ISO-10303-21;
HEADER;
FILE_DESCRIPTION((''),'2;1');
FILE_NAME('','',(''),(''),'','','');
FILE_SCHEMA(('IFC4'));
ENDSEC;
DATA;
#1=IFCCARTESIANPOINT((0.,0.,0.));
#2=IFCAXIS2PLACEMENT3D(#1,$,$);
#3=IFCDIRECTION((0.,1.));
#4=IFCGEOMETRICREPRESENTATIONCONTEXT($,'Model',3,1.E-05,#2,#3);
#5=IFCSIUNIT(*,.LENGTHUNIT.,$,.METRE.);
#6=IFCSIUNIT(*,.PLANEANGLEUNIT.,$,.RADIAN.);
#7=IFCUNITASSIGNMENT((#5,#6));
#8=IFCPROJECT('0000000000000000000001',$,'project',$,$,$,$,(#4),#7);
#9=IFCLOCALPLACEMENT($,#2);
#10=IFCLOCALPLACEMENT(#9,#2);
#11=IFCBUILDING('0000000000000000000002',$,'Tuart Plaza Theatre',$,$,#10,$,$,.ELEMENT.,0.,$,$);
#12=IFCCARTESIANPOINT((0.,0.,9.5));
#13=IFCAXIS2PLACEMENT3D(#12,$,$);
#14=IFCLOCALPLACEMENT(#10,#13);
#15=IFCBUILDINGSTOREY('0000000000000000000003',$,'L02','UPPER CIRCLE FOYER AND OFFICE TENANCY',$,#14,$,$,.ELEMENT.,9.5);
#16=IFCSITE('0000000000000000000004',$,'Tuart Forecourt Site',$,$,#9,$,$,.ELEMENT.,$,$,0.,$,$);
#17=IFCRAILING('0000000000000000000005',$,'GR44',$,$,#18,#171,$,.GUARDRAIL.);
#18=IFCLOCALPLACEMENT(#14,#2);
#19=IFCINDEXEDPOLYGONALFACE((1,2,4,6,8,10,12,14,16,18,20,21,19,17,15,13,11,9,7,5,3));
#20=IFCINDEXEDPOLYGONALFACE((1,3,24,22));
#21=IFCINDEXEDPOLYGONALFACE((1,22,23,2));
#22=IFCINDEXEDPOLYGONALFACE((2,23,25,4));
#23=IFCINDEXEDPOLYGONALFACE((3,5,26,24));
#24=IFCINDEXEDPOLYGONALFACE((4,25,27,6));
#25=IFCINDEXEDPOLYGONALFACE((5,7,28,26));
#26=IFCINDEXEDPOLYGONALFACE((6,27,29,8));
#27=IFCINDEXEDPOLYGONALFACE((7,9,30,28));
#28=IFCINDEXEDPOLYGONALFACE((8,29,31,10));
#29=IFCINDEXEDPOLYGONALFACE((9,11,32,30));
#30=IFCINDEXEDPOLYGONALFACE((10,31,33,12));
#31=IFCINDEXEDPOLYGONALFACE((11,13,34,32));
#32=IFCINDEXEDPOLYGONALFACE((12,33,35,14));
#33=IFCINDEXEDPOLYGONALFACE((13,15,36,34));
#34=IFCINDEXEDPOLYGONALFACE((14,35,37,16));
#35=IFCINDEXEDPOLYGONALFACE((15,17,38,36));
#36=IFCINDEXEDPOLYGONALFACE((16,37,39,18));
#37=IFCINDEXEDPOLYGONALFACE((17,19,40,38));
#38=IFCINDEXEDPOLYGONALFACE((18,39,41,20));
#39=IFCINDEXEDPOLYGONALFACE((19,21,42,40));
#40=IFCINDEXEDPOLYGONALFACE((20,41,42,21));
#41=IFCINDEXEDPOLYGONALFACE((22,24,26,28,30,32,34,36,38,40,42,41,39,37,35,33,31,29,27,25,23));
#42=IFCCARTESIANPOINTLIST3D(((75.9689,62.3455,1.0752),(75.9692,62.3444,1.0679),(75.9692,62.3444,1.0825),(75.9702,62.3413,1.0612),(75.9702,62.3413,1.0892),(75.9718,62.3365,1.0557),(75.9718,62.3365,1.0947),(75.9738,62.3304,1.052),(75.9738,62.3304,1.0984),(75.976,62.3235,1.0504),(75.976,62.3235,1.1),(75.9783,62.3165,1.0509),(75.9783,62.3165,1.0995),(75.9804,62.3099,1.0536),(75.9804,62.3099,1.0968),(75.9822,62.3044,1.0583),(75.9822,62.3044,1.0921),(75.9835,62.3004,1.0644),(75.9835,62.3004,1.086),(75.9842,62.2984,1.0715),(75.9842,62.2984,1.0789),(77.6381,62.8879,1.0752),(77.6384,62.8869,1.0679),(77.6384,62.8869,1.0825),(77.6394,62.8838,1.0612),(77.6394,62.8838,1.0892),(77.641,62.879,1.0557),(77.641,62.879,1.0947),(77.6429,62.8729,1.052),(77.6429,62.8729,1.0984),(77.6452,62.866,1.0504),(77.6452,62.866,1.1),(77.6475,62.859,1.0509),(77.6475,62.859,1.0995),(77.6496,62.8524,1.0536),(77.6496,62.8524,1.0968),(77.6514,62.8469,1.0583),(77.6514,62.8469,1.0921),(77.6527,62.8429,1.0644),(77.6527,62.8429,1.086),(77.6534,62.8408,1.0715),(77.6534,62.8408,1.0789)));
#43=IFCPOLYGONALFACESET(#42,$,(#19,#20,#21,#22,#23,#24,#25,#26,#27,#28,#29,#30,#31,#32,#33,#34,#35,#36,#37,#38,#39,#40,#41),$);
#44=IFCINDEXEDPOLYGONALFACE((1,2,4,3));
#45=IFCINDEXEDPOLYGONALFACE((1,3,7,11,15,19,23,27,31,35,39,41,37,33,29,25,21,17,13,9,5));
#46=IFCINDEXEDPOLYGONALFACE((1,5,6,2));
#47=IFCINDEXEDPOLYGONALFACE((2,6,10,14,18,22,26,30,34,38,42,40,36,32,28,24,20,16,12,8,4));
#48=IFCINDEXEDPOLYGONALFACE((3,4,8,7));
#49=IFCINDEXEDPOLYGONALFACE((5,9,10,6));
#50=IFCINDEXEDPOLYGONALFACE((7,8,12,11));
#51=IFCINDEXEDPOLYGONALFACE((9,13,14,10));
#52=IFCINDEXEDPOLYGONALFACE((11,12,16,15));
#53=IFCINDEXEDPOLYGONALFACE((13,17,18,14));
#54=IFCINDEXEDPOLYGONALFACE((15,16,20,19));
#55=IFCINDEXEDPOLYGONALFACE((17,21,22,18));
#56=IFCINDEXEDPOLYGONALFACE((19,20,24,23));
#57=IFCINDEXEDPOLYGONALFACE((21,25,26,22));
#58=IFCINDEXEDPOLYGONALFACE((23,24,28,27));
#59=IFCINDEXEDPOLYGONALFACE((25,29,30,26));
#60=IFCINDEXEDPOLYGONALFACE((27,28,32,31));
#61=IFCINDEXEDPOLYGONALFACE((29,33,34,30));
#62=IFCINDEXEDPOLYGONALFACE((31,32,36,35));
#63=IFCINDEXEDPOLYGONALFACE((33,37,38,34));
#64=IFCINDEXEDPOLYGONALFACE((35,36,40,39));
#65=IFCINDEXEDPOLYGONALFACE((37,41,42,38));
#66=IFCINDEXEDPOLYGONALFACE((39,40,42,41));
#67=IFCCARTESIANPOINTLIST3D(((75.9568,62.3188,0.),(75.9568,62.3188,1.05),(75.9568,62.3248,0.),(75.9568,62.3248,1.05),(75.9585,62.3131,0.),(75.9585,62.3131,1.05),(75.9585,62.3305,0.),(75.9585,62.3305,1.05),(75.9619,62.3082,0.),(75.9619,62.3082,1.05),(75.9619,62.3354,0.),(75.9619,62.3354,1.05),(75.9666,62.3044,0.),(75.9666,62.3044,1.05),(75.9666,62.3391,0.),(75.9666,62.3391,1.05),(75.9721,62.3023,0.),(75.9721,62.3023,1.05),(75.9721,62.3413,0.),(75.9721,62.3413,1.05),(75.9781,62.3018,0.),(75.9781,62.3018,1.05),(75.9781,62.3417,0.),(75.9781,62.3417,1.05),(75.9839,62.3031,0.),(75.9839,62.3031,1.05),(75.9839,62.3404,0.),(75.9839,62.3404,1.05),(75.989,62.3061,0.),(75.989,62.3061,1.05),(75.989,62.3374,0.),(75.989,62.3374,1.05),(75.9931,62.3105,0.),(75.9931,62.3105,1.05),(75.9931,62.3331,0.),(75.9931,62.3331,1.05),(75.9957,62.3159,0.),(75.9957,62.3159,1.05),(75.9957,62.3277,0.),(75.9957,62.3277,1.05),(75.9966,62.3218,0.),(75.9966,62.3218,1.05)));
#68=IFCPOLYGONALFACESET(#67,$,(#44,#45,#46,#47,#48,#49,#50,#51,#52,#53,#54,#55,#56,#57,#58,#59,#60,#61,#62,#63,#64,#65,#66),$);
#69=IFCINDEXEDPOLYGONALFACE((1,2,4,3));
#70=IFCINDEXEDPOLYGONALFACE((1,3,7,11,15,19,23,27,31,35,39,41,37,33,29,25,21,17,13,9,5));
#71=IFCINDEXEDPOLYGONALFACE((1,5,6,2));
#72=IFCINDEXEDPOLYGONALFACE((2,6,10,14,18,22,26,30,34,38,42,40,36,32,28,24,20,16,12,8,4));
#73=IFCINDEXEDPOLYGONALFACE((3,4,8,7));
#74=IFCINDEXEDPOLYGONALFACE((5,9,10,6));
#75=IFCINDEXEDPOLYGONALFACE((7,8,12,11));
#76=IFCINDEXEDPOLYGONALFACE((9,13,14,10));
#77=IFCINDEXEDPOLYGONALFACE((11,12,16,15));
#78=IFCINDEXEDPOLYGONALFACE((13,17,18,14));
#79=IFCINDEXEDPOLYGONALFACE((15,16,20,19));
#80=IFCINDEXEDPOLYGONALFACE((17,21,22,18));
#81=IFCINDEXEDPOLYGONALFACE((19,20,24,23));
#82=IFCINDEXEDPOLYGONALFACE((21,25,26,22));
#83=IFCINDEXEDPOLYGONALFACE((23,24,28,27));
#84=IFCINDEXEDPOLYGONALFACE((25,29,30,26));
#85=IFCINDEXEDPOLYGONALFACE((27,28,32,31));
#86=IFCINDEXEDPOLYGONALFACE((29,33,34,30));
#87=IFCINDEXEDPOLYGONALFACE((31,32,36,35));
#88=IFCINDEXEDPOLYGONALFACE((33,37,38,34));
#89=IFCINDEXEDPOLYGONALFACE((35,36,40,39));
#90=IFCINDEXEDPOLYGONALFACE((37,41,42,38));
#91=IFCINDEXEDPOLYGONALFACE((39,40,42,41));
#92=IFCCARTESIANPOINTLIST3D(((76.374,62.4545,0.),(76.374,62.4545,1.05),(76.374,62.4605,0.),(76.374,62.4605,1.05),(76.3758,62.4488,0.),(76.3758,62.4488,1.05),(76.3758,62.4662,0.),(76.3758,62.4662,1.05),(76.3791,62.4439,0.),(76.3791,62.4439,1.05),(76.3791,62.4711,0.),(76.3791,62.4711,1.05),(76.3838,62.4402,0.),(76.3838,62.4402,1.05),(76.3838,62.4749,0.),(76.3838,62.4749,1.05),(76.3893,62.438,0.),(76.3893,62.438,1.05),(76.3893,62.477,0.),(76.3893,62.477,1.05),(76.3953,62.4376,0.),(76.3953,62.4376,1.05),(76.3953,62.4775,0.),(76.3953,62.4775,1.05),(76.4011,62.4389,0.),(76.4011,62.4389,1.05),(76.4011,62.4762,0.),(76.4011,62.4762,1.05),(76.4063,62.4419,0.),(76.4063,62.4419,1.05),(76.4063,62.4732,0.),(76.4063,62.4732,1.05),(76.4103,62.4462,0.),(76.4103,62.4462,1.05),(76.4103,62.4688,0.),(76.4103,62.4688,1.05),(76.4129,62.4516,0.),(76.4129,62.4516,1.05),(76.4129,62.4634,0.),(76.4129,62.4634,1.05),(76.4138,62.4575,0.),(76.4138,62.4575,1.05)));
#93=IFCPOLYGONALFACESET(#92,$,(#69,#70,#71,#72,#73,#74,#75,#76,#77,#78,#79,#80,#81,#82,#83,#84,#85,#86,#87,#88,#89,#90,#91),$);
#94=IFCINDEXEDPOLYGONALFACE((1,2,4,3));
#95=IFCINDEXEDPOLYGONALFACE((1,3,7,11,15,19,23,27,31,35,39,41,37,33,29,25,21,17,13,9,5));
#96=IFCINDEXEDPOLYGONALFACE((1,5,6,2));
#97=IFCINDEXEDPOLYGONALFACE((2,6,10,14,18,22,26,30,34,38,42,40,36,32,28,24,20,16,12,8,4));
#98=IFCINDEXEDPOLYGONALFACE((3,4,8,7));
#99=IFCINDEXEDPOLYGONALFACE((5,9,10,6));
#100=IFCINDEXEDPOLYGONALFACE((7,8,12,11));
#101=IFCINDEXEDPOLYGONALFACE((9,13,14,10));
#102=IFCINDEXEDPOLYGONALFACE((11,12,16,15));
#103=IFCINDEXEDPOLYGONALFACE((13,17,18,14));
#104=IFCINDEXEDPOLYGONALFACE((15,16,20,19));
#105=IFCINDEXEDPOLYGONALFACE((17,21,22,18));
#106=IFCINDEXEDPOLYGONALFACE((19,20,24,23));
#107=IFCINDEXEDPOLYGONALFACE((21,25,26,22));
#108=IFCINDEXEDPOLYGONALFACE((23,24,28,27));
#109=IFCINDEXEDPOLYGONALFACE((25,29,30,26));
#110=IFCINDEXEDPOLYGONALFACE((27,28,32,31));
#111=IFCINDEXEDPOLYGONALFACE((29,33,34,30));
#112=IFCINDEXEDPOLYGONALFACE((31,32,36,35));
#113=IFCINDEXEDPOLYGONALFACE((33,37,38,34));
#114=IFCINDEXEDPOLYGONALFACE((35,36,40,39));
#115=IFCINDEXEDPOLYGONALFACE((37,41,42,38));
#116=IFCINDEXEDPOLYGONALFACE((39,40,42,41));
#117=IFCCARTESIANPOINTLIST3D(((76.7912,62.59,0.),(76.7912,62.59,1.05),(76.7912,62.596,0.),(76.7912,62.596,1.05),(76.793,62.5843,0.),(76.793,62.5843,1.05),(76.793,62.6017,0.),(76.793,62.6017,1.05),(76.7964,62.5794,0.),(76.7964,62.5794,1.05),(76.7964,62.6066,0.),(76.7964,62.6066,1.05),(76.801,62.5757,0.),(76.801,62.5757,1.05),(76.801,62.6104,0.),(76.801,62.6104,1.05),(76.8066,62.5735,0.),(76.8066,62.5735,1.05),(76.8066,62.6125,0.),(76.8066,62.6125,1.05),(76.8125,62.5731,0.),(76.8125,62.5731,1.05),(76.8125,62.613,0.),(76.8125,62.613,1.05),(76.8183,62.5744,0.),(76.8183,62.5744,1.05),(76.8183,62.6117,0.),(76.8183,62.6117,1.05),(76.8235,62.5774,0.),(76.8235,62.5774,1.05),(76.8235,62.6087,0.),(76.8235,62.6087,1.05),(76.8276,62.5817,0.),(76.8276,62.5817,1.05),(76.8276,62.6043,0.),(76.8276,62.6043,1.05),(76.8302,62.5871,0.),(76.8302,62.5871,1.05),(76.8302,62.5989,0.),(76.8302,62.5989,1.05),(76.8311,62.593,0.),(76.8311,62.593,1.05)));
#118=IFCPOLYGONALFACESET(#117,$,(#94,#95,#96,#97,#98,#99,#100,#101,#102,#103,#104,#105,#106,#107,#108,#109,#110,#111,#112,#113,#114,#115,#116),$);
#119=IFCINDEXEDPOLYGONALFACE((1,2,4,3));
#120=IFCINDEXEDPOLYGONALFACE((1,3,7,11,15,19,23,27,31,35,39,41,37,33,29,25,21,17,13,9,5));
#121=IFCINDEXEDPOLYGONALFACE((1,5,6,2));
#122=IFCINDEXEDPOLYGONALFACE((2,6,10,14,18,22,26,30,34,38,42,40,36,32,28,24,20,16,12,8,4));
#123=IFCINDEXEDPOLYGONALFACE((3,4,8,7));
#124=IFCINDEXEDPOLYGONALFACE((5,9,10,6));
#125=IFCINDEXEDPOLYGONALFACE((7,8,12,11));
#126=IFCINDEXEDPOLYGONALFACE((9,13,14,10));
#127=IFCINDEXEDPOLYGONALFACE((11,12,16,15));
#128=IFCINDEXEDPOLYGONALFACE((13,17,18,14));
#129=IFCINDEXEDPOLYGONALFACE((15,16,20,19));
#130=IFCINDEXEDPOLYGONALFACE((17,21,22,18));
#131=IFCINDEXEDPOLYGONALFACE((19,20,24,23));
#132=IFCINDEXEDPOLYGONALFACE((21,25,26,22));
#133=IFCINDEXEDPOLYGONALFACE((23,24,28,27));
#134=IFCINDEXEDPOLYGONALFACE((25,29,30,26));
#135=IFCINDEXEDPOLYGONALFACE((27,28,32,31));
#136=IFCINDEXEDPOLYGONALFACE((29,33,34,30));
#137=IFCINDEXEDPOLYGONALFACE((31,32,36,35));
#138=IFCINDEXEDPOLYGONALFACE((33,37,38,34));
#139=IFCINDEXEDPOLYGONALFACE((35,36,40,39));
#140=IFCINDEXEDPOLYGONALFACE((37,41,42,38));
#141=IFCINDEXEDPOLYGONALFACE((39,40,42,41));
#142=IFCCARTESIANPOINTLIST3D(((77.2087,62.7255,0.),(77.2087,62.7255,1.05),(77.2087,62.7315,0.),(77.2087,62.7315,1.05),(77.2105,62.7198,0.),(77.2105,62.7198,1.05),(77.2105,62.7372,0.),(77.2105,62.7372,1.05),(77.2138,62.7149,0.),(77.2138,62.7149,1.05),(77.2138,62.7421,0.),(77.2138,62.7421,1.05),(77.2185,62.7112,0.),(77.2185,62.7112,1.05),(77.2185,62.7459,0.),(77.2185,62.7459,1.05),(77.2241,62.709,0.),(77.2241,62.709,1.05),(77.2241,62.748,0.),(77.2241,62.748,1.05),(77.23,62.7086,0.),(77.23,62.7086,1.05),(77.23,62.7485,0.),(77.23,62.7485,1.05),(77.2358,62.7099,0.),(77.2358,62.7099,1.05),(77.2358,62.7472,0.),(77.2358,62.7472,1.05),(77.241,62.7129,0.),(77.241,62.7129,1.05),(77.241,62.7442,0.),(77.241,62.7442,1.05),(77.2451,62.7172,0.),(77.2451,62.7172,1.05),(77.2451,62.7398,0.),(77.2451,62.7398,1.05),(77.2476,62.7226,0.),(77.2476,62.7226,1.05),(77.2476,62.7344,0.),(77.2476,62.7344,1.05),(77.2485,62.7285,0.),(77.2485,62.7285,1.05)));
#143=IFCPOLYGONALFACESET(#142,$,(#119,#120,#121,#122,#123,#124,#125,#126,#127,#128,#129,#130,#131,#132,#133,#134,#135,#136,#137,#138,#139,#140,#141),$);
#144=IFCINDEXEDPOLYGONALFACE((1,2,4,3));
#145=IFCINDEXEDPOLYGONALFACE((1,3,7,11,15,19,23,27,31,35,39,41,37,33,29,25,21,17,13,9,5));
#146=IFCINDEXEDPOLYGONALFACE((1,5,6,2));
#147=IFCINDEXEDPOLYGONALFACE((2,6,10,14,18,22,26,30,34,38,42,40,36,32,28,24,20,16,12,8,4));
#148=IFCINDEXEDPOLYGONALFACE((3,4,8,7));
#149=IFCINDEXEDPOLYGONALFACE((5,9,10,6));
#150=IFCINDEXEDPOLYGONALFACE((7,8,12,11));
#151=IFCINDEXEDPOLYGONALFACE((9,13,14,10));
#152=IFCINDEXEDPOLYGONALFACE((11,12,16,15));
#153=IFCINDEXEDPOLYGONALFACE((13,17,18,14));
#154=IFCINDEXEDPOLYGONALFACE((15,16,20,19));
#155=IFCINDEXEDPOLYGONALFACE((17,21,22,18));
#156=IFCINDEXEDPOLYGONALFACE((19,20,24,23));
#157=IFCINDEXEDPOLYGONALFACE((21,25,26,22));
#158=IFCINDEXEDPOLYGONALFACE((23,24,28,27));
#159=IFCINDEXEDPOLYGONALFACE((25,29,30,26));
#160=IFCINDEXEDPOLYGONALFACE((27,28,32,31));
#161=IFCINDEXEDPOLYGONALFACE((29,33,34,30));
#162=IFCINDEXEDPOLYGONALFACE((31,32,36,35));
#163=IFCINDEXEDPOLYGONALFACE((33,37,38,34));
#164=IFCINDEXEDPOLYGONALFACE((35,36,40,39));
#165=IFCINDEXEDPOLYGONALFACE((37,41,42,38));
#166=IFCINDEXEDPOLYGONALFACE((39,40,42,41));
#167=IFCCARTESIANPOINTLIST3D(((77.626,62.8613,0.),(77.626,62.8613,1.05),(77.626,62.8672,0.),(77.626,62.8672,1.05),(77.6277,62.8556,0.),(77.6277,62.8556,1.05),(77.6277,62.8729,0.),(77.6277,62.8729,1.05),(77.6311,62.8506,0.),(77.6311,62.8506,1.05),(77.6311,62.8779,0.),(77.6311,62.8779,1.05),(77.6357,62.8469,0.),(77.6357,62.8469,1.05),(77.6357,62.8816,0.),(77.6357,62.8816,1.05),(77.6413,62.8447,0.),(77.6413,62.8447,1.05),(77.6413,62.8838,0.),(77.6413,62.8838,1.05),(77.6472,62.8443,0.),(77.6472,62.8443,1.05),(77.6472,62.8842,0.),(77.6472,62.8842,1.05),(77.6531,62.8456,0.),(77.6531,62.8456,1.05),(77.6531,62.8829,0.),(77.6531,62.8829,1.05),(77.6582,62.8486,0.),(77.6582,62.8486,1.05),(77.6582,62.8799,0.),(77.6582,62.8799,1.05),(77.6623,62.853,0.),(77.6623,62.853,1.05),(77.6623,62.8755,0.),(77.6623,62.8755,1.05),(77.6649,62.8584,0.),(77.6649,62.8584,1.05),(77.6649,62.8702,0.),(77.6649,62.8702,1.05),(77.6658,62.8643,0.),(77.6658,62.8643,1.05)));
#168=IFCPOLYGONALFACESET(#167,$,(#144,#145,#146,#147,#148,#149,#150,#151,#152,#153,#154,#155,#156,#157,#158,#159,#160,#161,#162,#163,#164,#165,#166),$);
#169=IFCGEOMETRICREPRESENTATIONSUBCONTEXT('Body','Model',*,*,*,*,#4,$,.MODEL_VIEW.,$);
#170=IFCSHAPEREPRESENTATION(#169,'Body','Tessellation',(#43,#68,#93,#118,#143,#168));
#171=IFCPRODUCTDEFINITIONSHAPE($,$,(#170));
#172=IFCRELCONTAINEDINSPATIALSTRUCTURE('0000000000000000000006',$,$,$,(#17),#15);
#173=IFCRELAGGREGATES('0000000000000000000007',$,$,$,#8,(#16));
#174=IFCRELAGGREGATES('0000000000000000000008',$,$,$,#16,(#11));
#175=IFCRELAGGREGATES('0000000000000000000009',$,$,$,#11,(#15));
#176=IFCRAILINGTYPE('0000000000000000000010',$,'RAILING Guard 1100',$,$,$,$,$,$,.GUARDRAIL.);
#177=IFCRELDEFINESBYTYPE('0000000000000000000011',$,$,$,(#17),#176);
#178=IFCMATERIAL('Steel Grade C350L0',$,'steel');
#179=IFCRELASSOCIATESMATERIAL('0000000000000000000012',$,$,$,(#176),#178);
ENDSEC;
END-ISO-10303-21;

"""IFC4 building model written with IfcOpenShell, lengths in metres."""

from ifc_helpers import new_model, si_unit, direction, frame, origin, origin_2d, place, context, subcontext, project, spatial, circle, extrude, material, type_object, element, save


model = new_model("IFC4")

# Units and contexts
model_context = context("Model", 3, precision=1e-05, world=origin(), true_north=direction((0.0, 1.0)))
body_context = subcontext(model_context, "Body", "Model", "MODEL_VIEW")
ifc_project = project(units=[si_unit("LENGTHUNIT", "METRE"), si_unit("PLANEANGLEUNIT", "RADIAN")], contexts=[model_context])

# Site, building, storey
site_placement = place(None, origin())
site = spatial("IfcSite", under=ifc_project, at=site_placement, Name="Tuart Forecourt Site", CompositionType="ELEMENT", RefElevation=0.0)
building_placement = place(site_placement, origin())
building = spatial("IfcBuilding", under=site, at=building_placement, Name="Tuart Plaza Theatre", CompositionType="ELEMENT", ElevationOfRefHeight=0.0)
storey_placement = place(building_placement, frame((0.0, 0.0, 9.5)))
storey = spatial("IfcBuildingStorey", under=building, at=storey_placement, Name="L02", Description="UPPER CIRCLE FOYER AND OFFICE TENANCY", CompositionType="ELEMENT", Elevation=9.5)

# Railing
ifc_material_1 = material(Name="Steel Grade C350L0", Category="steel")
railing_type = type_object("IfcRailingType", Name="RAILING Guard 1100", PredefinedType="GUARDRAIL", material=ifc_material_1)
railing_1_placement = place(storey_placement, frame((75.9766, 62.3218, 0.0)))
element("IfcRailing", 1, at=railing_1_placement, inside=storey, type_object=railing_type, Name="GR44", PredefinedType="GUARDRAIL", context=body_context, shape_type="SweptSolid", body=[
    extrude(circle(Radius=0.0249, at=origin_2d()), frame((0.0, 0.0, 1.0752), z_axis=(0.951035, 0.309083, 0.0), x_axis=(-0.309083, 0.951035, 0.0)), (0.0, 0.0, 1.0), 1.7551),
    extrude(circle(Radius=0.02, at=origin_2d()), origin(), (0.0, 0.0, 1.0), 1.05),
    extrude(circle(Radius=0.02, at=origin_2d()), frame((0.4172, 0.1357, 0.0)), (0.0, 0.0, 1.0), 1.05),
    extrude(circle(Radius=0.02, at=origin_2d()), frame((0.8345, 0.2712, 0.0)), (0.0, 0.0, 1.0), 1.05),
    extrude(circle(Radius=0.02, at=origin_2d()), frame((1.252, 0.4067, 0.0)), (0.0, 0.0, 1.0), 1.05),
    extrude(circle(Radius=0.02, at=origin_2d()), frame((1.6692, 0.5425, 0.0)), (0.0, 0.0, 1.0), 1.05),
])

save(model, "model.ifc")
